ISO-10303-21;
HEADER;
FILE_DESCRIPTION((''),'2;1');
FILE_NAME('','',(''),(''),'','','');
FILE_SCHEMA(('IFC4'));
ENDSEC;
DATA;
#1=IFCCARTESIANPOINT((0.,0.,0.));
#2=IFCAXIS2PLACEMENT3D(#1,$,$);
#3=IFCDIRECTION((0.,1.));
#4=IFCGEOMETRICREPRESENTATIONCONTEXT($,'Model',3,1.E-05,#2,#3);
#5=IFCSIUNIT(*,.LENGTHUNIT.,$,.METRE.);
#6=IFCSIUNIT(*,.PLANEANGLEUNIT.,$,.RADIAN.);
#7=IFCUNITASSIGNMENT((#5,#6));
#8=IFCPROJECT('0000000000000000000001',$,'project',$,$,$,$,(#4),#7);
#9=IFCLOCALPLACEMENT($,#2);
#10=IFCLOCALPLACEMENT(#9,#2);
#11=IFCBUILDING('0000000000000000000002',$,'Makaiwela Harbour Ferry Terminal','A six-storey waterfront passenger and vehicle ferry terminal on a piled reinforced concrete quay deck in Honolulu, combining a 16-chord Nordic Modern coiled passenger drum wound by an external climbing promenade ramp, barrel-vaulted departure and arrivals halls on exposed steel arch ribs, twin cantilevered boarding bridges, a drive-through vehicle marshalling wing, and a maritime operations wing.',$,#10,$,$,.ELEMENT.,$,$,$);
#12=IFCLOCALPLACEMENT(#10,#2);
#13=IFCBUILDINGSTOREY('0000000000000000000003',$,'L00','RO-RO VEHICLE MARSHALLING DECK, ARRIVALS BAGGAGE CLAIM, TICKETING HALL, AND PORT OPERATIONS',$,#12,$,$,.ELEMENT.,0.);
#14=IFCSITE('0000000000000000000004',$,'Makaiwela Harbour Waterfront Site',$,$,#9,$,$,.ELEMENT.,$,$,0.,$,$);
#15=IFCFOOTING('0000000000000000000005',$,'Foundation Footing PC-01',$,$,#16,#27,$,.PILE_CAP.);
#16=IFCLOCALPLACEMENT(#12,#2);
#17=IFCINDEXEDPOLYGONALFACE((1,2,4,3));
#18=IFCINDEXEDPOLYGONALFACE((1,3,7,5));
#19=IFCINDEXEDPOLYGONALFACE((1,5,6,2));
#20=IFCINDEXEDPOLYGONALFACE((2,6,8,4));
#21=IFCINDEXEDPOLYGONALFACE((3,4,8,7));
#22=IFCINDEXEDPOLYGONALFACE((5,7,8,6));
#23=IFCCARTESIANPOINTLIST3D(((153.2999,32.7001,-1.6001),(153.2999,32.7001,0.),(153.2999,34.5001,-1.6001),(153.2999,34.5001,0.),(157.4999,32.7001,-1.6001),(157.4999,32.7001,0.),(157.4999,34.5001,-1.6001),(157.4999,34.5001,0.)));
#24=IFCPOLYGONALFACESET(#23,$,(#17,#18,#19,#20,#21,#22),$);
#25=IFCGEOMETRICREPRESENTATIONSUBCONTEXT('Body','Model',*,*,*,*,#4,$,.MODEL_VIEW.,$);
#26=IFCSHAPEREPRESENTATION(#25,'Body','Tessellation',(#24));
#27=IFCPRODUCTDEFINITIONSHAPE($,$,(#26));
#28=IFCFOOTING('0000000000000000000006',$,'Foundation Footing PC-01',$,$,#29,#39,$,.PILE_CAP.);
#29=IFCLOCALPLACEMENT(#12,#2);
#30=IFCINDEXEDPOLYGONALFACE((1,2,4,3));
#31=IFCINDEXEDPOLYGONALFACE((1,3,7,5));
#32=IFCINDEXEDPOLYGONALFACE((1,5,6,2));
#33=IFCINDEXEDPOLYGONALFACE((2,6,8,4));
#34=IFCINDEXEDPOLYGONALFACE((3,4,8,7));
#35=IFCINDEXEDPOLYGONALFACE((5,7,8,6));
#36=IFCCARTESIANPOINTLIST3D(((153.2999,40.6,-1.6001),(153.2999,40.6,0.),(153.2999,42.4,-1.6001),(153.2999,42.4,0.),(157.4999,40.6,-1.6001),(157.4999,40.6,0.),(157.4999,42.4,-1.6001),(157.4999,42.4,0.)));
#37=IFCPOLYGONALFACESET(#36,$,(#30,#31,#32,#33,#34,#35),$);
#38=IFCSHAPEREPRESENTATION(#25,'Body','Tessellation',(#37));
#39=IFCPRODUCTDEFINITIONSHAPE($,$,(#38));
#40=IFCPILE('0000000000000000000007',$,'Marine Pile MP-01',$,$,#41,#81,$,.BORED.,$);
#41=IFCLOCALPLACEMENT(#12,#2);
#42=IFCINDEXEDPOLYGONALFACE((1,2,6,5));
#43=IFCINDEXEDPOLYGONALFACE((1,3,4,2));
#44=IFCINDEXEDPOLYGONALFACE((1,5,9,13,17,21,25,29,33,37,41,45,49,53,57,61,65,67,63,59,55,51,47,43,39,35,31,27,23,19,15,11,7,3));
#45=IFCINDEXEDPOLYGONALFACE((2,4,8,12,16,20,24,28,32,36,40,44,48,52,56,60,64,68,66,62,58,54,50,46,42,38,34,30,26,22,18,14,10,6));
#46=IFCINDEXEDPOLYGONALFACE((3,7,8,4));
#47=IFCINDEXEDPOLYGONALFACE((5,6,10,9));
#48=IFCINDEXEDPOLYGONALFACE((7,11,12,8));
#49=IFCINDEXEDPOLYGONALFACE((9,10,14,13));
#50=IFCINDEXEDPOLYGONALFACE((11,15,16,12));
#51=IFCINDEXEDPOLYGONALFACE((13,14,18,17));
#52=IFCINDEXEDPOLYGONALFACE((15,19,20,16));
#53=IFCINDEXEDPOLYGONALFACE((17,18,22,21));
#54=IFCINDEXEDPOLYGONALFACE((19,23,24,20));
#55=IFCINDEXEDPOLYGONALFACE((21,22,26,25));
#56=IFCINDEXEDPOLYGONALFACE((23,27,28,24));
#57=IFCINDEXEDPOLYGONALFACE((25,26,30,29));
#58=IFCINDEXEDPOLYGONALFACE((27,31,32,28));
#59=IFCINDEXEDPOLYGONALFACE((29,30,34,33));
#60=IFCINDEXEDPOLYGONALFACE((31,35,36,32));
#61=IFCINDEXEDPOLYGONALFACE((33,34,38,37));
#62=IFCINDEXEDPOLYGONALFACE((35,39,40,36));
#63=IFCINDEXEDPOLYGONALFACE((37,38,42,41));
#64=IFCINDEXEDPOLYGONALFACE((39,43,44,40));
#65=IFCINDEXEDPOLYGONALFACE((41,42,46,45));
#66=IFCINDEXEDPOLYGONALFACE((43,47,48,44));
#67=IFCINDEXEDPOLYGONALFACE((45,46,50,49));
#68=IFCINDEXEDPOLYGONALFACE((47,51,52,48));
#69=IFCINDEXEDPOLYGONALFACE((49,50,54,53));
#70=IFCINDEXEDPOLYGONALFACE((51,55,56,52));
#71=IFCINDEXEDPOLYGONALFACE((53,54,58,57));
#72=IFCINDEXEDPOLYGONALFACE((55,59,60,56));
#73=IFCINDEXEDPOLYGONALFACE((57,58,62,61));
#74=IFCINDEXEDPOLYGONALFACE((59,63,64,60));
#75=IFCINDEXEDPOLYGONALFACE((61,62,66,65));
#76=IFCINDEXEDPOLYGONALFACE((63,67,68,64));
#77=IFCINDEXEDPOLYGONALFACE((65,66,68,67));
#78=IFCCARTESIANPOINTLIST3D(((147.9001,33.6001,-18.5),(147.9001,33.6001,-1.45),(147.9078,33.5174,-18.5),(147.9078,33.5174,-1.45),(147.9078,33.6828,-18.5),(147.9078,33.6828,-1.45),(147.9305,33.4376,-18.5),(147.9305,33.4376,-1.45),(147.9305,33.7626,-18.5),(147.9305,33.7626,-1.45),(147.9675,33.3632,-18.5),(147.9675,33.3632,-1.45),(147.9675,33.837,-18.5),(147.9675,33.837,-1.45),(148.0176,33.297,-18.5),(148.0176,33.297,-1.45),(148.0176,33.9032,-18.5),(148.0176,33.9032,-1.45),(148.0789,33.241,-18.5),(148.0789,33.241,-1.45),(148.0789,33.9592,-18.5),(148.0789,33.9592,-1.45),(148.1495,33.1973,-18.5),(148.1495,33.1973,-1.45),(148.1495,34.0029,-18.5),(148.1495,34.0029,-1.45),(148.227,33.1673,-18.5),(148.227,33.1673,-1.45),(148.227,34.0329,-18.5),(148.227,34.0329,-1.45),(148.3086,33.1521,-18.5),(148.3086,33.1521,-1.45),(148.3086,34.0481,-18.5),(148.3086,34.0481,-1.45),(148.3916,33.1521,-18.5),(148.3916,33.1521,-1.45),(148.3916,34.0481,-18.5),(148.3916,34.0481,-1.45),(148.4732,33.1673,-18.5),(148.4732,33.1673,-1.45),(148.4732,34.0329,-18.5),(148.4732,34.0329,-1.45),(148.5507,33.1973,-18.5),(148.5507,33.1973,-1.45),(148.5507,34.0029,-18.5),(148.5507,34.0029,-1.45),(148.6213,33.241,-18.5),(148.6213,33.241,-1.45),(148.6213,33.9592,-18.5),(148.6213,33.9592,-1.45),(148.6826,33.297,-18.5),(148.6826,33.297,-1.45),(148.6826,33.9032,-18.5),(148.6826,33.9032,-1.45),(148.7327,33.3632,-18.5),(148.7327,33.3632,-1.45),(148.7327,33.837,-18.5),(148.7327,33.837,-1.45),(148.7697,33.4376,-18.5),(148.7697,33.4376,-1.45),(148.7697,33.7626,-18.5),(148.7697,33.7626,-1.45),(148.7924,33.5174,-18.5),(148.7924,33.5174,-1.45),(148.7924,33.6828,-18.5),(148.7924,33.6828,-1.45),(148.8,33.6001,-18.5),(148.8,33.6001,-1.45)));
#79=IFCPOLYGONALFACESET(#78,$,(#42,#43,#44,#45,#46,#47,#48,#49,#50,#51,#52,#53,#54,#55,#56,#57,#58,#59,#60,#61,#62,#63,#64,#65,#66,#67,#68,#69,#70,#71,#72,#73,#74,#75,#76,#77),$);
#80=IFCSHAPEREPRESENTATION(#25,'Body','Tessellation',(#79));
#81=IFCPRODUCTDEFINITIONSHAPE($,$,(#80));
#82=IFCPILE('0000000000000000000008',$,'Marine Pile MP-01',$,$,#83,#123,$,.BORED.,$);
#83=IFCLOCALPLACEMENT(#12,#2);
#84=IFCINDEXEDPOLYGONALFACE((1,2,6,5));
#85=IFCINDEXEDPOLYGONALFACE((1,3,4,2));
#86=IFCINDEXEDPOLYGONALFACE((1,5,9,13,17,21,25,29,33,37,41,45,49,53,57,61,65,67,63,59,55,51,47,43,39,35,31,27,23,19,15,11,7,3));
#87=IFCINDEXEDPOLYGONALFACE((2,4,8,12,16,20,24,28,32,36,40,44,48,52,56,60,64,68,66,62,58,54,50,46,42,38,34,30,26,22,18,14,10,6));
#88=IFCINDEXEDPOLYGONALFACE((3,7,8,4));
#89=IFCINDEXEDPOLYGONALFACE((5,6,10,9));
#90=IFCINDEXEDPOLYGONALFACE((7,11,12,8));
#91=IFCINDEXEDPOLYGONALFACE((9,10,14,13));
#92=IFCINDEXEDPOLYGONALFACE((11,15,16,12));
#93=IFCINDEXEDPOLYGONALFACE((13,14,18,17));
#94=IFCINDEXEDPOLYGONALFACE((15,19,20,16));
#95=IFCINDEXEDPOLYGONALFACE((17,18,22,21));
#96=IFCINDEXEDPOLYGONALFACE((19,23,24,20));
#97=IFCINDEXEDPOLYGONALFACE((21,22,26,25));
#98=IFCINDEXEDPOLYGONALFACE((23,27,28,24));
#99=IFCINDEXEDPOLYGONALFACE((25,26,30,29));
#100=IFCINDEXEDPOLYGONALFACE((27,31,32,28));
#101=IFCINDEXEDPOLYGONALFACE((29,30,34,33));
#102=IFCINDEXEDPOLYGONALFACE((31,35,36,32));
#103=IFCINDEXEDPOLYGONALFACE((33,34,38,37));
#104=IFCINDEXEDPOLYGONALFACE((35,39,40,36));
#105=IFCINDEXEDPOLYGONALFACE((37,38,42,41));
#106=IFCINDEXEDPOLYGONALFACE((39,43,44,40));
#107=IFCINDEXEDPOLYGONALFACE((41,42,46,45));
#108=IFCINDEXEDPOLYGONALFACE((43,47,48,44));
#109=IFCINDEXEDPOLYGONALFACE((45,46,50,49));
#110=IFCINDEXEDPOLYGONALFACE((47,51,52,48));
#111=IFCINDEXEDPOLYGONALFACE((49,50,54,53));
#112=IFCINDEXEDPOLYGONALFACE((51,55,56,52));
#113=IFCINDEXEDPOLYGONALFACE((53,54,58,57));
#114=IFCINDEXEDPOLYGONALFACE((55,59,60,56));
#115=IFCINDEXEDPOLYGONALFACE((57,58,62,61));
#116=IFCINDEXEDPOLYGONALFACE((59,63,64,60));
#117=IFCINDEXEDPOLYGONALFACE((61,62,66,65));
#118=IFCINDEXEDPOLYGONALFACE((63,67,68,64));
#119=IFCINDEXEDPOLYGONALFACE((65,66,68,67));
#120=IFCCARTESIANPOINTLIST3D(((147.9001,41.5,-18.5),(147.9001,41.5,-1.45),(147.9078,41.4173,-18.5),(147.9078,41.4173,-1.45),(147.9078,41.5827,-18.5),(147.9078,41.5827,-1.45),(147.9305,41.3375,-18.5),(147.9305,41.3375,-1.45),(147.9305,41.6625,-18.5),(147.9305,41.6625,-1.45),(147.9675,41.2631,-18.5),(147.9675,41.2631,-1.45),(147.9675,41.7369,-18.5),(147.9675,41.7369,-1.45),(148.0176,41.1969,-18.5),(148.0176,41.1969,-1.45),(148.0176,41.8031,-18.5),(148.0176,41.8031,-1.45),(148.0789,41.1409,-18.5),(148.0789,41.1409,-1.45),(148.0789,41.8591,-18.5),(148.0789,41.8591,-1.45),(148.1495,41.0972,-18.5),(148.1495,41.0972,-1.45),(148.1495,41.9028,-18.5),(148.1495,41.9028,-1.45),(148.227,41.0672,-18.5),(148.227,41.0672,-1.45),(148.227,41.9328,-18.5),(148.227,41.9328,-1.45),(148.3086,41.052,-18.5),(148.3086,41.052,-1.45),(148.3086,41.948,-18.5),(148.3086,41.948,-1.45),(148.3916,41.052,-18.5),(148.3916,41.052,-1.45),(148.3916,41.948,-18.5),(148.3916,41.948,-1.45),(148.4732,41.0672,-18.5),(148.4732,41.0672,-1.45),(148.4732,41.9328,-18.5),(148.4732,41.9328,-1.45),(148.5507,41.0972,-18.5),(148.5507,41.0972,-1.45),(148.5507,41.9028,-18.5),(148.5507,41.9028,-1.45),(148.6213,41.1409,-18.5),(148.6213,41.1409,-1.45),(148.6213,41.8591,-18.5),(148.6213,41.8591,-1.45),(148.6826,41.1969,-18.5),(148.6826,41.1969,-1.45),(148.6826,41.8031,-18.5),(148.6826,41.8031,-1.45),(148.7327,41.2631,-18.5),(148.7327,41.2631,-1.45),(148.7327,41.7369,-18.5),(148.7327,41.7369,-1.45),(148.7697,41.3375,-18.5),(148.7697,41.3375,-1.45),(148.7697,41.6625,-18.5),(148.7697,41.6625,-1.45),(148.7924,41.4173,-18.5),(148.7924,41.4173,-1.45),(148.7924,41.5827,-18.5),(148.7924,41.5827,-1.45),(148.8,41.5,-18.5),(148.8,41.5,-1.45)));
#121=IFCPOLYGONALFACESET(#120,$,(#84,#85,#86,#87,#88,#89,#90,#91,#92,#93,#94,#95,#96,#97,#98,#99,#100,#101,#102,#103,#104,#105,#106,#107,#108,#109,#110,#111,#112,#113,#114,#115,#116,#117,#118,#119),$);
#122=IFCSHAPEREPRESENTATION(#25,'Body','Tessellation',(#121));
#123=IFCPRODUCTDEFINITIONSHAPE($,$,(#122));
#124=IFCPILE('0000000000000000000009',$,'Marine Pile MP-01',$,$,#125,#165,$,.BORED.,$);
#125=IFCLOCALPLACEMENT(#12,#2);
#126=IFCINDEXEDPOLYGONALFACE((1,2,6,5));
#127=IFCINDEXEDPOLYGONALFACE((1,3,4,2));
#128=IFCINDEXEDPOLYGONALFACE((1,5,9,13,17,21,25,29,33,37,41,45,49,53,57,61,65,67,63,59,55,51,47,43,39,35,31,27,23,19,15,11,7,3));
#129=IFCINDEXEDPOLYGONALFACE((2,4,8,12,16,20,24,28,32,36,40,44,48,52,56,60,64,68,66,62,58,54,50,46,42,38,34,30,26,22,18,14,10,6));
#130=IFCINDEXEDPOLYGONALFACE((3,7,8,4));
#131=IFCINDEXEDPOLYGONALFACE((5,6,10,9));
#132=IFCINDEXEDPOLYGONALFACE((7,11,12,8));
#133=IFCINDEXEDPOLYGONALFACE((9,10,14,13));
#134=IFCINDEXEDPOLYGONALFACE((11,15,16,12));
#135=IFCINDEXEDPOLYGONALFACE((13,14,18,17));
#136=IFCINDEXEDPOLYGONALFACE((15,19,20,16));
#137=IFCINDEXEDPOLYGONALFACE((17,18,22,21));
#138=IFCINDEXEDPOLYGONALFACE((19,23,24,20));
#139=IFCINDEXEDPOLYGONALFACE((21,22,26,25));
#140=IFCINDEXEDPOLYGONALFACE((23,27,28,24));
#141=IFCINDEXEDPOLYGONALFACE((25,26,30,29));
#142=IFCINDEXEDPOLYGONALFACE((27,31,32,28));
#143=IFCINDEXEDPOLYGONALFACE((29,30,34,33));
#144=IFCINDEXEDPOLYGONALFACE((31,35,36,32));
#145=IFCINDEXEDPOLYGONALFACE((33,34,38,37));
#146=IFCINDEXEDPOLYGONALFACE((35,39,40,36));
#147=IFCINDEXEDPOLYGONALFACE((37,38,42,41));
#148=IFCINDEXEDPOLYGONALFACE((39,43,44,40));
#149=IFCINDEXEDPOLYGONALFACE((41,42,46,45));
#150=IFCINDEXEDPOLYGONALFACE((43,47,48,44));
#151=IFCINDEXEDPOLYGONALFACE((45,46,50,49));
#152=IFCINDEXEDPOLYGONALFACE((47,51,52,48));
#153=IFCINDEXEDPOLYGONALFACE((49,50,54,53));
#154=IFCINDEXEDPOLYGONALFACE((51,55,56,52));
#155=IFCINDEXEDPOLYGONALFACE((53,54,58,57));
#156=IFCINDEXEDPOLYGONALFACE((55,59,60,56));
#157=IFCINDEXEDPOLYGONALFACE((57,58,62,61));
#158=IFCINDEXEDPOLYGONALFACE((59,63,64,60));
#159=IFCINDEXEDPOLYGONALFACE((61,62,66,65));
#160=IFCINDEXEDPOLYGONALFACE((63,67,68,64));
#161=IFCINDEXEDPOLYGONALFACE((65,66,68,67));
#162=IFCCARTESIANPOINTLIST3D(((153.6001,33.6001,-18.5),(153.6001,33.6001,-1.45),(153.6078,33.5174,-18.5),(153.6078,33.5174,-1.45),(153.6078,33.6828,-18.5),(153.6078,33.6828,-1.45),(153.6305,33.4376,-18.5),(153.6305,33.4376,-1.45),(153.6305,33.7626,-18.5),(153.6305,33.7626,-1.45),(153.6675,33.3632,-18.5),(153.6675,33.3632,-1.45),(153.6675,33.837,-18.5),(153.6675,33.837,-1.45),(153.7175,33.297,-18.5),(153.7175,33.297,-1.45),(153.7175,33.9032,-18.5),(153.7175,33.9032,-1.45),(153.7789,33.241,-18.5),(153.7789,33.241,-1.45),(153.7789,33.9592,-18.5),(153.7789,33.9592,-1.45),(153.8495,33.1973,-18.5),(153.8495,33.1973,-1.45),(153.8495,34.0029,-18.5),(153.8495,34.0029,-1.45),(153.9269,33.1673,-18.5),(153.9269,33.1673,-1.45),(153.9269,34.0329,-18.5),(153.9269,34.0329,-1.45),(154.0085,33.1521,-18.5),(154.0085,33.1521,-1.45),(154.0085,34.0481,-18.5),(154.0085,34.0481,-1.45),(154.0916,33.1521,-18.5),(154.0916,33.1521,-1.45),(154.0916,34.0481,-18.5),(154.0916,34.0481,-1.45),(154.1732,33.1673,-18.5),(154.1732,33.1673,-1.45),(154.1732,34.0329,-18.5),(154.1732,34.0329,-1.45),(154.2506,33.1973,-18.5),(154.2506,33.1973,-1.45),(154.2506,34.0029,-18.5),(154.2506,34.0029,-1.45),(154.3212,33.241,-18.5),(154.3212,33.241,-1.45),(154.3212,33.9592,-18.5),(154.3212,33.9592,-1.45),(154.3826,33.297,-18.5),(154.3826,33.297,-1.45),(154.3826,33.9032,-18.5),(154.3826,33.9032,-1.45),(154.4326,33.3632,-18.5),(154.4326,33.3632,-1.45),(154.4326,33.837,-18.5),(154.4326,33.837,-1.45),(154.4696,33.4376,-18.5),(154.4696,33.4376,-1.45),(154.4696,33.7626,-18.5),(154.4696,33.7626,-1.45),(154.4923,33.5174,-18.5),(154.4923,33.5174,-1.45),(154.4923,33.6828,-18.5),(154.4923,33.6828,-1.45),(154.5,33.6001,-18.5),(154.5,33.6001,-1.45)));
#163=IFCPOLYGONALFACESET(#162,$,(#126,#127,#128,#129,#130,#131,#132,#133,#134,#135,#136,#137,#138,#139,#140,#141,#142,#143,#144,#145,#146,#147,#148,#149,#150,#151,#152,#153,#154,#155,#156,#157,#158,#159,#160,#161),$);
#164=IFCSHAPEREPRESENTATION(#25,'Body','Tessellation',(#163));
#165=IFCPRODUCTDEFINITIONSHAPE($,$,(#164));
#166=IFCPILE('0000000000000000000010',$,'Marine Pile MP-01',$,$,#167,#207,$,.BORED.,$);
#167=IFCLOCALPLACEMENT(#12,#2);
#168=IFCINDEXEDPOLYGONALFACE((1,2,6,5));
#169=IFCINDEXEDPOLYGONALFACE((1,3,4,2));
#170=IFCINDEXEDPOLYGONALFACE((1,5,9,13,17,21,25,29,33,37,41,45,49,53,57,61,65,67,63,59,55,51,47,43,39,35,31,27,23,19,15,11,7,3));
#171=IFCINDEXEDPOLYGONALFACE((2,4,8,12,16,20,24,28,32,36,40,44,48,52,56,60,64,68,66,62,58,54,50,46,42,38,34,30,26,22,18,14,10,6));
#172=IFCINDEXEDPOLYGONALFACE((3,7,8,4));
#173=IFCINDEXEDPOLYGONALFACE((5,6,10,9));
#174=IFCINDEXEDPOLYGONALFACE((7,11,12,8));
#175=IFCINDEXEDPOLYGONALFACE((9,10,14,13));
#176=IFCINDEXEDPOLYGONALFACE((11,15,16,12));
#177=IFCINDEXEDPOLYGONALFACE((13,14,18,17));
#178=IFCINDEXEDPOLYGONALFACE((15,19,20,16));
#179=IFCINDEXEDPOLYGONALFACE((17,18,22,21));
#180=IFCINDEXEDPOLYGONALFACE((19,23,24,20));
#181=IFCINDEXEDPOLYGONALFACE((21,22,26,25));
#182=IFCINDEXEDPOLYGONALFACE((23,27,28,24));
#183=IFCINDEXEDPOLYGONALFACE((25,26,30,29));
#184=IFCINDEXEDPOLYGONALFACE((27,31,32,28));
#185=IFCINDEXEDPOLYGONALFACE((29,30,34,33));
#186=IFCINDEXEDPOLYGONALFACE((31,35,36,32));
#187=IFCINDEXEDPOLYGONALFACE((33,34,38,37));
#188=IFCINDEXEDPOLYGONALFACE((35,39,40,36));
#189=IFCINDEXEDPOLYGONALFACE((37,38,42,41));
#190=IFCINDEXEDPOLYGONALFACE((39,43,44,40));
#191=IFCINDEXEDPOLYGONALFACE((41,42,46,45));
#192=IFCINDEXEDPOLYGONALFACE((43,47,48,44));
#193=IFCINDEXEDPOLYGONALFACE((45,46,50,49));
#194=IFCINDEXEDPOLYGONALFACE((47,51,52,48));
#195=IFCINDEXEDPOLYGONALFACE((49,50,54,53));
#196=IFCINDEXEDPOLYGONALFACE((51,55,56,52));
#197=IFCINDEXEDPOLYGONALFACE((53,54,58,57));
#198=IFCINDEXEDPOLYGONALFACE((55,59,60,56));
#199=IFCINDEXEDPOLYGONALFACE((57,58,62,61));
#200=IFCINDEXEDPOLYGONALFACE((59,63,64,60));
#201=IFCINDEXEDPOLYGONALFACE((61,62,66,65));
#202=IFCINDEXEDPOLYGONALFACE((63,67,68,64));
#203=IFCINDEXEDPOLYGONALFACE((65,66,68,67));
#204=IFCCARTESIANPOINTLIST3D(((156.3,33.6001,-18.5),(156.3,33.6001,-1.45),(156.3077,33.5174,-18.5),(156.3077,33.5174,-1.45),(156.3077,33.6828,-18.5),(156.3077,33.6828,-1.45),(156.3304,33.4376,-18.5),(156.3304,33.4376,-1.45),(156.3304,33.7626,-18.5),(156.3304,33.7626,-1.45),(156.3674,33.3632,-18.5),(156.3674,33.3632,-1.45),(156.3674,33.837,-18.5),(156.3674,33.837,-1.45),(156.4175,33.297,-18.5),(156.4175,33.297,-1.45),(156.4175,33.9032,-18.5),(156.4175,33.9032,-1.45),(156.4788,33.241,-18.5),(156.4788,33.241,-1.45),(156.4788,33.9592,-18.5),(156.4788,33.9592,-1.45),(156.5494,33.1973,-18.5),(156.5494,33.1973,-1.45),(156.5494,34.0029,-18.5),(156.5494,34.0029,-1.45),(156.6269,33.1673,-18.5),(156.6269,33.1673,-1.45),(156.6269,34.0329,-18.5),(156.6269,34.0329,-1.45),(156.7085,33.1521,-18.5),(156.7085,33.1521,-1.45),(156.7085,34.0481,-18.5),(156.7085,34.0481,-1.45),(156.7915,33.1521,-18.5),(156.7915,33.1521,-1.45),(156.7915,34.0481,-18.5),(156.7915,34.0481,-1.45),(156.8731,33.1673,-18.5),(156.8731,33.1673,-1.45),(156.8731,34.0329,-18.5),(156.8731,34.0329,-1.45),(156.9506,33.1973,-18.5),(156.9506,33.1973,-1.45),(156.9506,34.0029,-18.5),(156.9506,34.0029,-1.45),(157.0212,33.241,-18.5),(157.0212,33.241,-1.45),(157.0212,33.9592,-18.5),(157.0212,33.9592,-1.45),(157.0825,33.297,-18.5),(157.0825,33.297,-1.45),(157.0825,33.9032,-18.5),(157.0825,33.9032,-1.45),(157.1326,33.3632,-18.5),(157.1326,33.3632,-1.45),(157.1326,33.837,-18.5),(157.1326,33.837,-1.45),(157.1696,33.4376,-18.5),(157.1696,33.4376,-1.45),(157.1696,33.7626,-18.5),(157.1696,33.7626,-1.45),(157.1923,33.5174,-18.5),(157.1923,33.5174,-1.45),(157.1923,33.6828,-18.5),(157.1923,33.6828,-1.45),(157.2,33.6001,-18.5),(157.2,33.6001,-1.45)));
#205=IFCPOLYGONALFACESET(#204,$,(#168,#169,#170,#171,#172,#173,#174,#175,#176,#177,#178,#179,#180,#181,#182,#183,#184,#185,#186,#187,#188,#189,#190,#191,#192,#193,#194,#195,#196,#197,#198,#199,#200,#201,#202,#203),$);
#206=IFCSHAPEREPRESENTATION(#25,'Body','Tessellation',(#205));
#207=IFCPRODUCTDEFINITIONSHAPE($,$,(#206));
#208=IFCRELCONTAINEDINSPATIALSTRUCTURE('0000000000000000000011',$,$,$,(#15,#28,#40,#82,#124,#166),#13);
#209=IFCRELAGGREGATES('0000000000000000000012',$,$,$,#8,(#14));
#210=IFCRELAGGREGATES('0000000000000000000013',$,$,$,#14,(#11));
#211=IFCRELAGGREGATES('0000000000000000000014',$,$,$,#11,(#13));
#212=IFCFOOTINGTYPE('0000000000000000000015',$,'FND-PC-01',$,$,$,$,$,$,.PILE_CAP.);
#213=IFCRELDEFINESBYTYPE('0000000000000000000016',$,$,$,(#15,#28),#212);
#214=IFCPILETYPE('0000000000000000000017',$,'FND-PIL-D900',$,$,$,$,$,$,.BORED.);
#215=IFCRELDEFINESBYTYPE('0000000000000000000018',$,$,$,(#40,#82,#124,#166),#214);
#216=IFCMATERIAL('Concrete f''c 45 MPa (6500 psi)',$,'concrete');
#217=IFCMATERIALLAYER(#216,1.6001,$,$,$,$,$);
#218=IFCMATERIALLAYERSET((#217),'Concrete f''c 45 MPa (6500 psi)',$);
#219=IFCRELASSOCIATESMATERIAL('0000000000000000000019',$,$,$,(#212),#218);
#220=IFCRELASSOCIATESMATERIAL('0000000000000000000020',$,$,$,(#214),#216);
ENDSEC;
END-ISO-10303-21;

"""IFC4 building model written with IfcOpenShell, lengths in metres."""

from ifc_helpers import new_model, si_unit, direction, frame, origin, origin_2d, place, context, subcontext, project, spatial, rectangle, circle, extrude, material, layer, layer_set, material_profile, profile_set, type_object, element, save


model = new_model("IFC4")

# Units and contexts
model_context = context("Model", 3, precision=1e-05, world=origin(), true_north=direction((0.0, 1.0)))
body_context = subcontext(model_context, "Body", "Model", "MODEL_VIEW")
ifc_project = project(units=[si_unit("LENGTHUNIT", "METRE"), si_unit("PLANEANGLEUNIT", "RADIAN")], contexts=[model_context])

# Site, building, storey
site_placement = place(None, origin())
site = spatial("IfcSite", under=ifc_project, at=site_placement, Name="Makaiwela Harbour Waterfront Site", CompositionType="ELEMENT", RefElevation=0.0)
building_placement = place(site_placement, origin())
building = spatial("IfcBuilding", under=site, at=building_placement, Name="Makaiwela Harbour Ferry Terminal", Description="A six-storey waterfront passenger and vehicle ferry terminal on a piled reinforced concrete quay deck in Honolulu, combining a 16-chord Nordic Modern coiled passenger drum wound by an external climbing promenade ramp, barrel-vaulted departure and arrivals halls on exposed steel arch ribs, twin cantilevered boarding bridges, a drive-through vehicle marshalling wing, and a maritime operations wing.", CompositionType="ELEMENT")
storey_placement = place(building_placement, origin())
storey = spatial("IfcBuildingStorey", under=building, at=storey_placement, Name="L00", Description="RO-RO VEHICLE MARSHALLING DECK, ARRIVALS BAGGAGE CLAIM, TICKETING HALL, AND PORT OPERATIONS", CompositionType="ELEMENT", Elevation=0.0)

# Footings
ifc_material_1 = material(Name="Concrete f'c 45 MPa (6500 psi)", Category="concrete")
ifc_layer_1 = layer(ifc_material_1, 1.6001)
ifc_layer_set_1 = layer_set([ifc_layer_1], Name="Concrete f'c 45 MPa (6500 psi)")
footing_type_1 = type_object("IfcFootingType", Name="FND-PC-01", PredefinedType="PILE_CAP", material=ifc_layer_set_1)
for number, where, z_axis, x_axis, name in (
    (1, (155.3999, 33.6001, -1.6001), (0.0, 0.0, 1.0), (1.0, 0.0, 0.0), "Foundation Footing PC-01"),
    (2, (155.3999, 41.5, -1.6001), (0.0, 0.0, 1.0), (1.0, 0.0, 0.0), "Foundation Footing PC-01"),
):
    element("IfcFooting", number, at=place(storey_placement, frame(where, z_axis=z_axis, x_axis=x_axis)), inside=storey, type_object=footing_type_1, Name=name, PredefinedType="PILE_CAP", context=body_context, shape_type="SweptSolid", body=[
        extrude(rectangle(XDim=4.2, YDim=1.8, at=origin_2d()), origin(), (0.0, 0.0, 1.0), 1.6001),
    ])

# Piles
ifc_material_profile_1 = material_profile(ifc_material_1, circle(Radius=0.45, at=origin_2d()), Name="PILE-D900")
ifc_profile_set_1 = profile_set([ifc_material_profile_1], Name="Concrete f'c 45 MPa (6500 psi)")
pile_type = type_object("IfcPileType", Name="FND-PIL-D900", PredefinedType="BORED", material=ifc_profile_set_1)
for number, where, z_axis, x_axis, name in (
    (3, (148.3501, 33.6001, -1.45), (0.0, 0.0, -1.0), (1.0, 0.0, 0.0), "Marine Pile MP-01"),
    (4, (148.3501, 41.5, -1.45), (0.0, 0.0, -1.0), (1.0, 0.0, 0.0), "Marine Pile MP-01"),
    (5, (154.05, 33.6001, -1.45), (0.0, 0.0, -1.0), (1.0, 0.0, 0.0), "Marine Pile MP-01"),
    (6, (156.75, 33.6001, -1.45), (0.0, 0.0, -1.0), (1.0, 0.0, 0.0), "Marine Pile MP-01"),
):
    element("IfcPile", number, at=place(storey_placement, frame(where, z_axis=z_axis, x_axis=x_axis)), inside=storey, type_object=pile_type, Name=name, PredefinedType="BORED", context=body_context, shape_type="SweptSolid", body=[
        extrude(circle(Radius=0.45, at=origin_2d()), origin(), (0.0, 0.0, 1.0), 17.05),
    ])

save(model, "model.ifc")
